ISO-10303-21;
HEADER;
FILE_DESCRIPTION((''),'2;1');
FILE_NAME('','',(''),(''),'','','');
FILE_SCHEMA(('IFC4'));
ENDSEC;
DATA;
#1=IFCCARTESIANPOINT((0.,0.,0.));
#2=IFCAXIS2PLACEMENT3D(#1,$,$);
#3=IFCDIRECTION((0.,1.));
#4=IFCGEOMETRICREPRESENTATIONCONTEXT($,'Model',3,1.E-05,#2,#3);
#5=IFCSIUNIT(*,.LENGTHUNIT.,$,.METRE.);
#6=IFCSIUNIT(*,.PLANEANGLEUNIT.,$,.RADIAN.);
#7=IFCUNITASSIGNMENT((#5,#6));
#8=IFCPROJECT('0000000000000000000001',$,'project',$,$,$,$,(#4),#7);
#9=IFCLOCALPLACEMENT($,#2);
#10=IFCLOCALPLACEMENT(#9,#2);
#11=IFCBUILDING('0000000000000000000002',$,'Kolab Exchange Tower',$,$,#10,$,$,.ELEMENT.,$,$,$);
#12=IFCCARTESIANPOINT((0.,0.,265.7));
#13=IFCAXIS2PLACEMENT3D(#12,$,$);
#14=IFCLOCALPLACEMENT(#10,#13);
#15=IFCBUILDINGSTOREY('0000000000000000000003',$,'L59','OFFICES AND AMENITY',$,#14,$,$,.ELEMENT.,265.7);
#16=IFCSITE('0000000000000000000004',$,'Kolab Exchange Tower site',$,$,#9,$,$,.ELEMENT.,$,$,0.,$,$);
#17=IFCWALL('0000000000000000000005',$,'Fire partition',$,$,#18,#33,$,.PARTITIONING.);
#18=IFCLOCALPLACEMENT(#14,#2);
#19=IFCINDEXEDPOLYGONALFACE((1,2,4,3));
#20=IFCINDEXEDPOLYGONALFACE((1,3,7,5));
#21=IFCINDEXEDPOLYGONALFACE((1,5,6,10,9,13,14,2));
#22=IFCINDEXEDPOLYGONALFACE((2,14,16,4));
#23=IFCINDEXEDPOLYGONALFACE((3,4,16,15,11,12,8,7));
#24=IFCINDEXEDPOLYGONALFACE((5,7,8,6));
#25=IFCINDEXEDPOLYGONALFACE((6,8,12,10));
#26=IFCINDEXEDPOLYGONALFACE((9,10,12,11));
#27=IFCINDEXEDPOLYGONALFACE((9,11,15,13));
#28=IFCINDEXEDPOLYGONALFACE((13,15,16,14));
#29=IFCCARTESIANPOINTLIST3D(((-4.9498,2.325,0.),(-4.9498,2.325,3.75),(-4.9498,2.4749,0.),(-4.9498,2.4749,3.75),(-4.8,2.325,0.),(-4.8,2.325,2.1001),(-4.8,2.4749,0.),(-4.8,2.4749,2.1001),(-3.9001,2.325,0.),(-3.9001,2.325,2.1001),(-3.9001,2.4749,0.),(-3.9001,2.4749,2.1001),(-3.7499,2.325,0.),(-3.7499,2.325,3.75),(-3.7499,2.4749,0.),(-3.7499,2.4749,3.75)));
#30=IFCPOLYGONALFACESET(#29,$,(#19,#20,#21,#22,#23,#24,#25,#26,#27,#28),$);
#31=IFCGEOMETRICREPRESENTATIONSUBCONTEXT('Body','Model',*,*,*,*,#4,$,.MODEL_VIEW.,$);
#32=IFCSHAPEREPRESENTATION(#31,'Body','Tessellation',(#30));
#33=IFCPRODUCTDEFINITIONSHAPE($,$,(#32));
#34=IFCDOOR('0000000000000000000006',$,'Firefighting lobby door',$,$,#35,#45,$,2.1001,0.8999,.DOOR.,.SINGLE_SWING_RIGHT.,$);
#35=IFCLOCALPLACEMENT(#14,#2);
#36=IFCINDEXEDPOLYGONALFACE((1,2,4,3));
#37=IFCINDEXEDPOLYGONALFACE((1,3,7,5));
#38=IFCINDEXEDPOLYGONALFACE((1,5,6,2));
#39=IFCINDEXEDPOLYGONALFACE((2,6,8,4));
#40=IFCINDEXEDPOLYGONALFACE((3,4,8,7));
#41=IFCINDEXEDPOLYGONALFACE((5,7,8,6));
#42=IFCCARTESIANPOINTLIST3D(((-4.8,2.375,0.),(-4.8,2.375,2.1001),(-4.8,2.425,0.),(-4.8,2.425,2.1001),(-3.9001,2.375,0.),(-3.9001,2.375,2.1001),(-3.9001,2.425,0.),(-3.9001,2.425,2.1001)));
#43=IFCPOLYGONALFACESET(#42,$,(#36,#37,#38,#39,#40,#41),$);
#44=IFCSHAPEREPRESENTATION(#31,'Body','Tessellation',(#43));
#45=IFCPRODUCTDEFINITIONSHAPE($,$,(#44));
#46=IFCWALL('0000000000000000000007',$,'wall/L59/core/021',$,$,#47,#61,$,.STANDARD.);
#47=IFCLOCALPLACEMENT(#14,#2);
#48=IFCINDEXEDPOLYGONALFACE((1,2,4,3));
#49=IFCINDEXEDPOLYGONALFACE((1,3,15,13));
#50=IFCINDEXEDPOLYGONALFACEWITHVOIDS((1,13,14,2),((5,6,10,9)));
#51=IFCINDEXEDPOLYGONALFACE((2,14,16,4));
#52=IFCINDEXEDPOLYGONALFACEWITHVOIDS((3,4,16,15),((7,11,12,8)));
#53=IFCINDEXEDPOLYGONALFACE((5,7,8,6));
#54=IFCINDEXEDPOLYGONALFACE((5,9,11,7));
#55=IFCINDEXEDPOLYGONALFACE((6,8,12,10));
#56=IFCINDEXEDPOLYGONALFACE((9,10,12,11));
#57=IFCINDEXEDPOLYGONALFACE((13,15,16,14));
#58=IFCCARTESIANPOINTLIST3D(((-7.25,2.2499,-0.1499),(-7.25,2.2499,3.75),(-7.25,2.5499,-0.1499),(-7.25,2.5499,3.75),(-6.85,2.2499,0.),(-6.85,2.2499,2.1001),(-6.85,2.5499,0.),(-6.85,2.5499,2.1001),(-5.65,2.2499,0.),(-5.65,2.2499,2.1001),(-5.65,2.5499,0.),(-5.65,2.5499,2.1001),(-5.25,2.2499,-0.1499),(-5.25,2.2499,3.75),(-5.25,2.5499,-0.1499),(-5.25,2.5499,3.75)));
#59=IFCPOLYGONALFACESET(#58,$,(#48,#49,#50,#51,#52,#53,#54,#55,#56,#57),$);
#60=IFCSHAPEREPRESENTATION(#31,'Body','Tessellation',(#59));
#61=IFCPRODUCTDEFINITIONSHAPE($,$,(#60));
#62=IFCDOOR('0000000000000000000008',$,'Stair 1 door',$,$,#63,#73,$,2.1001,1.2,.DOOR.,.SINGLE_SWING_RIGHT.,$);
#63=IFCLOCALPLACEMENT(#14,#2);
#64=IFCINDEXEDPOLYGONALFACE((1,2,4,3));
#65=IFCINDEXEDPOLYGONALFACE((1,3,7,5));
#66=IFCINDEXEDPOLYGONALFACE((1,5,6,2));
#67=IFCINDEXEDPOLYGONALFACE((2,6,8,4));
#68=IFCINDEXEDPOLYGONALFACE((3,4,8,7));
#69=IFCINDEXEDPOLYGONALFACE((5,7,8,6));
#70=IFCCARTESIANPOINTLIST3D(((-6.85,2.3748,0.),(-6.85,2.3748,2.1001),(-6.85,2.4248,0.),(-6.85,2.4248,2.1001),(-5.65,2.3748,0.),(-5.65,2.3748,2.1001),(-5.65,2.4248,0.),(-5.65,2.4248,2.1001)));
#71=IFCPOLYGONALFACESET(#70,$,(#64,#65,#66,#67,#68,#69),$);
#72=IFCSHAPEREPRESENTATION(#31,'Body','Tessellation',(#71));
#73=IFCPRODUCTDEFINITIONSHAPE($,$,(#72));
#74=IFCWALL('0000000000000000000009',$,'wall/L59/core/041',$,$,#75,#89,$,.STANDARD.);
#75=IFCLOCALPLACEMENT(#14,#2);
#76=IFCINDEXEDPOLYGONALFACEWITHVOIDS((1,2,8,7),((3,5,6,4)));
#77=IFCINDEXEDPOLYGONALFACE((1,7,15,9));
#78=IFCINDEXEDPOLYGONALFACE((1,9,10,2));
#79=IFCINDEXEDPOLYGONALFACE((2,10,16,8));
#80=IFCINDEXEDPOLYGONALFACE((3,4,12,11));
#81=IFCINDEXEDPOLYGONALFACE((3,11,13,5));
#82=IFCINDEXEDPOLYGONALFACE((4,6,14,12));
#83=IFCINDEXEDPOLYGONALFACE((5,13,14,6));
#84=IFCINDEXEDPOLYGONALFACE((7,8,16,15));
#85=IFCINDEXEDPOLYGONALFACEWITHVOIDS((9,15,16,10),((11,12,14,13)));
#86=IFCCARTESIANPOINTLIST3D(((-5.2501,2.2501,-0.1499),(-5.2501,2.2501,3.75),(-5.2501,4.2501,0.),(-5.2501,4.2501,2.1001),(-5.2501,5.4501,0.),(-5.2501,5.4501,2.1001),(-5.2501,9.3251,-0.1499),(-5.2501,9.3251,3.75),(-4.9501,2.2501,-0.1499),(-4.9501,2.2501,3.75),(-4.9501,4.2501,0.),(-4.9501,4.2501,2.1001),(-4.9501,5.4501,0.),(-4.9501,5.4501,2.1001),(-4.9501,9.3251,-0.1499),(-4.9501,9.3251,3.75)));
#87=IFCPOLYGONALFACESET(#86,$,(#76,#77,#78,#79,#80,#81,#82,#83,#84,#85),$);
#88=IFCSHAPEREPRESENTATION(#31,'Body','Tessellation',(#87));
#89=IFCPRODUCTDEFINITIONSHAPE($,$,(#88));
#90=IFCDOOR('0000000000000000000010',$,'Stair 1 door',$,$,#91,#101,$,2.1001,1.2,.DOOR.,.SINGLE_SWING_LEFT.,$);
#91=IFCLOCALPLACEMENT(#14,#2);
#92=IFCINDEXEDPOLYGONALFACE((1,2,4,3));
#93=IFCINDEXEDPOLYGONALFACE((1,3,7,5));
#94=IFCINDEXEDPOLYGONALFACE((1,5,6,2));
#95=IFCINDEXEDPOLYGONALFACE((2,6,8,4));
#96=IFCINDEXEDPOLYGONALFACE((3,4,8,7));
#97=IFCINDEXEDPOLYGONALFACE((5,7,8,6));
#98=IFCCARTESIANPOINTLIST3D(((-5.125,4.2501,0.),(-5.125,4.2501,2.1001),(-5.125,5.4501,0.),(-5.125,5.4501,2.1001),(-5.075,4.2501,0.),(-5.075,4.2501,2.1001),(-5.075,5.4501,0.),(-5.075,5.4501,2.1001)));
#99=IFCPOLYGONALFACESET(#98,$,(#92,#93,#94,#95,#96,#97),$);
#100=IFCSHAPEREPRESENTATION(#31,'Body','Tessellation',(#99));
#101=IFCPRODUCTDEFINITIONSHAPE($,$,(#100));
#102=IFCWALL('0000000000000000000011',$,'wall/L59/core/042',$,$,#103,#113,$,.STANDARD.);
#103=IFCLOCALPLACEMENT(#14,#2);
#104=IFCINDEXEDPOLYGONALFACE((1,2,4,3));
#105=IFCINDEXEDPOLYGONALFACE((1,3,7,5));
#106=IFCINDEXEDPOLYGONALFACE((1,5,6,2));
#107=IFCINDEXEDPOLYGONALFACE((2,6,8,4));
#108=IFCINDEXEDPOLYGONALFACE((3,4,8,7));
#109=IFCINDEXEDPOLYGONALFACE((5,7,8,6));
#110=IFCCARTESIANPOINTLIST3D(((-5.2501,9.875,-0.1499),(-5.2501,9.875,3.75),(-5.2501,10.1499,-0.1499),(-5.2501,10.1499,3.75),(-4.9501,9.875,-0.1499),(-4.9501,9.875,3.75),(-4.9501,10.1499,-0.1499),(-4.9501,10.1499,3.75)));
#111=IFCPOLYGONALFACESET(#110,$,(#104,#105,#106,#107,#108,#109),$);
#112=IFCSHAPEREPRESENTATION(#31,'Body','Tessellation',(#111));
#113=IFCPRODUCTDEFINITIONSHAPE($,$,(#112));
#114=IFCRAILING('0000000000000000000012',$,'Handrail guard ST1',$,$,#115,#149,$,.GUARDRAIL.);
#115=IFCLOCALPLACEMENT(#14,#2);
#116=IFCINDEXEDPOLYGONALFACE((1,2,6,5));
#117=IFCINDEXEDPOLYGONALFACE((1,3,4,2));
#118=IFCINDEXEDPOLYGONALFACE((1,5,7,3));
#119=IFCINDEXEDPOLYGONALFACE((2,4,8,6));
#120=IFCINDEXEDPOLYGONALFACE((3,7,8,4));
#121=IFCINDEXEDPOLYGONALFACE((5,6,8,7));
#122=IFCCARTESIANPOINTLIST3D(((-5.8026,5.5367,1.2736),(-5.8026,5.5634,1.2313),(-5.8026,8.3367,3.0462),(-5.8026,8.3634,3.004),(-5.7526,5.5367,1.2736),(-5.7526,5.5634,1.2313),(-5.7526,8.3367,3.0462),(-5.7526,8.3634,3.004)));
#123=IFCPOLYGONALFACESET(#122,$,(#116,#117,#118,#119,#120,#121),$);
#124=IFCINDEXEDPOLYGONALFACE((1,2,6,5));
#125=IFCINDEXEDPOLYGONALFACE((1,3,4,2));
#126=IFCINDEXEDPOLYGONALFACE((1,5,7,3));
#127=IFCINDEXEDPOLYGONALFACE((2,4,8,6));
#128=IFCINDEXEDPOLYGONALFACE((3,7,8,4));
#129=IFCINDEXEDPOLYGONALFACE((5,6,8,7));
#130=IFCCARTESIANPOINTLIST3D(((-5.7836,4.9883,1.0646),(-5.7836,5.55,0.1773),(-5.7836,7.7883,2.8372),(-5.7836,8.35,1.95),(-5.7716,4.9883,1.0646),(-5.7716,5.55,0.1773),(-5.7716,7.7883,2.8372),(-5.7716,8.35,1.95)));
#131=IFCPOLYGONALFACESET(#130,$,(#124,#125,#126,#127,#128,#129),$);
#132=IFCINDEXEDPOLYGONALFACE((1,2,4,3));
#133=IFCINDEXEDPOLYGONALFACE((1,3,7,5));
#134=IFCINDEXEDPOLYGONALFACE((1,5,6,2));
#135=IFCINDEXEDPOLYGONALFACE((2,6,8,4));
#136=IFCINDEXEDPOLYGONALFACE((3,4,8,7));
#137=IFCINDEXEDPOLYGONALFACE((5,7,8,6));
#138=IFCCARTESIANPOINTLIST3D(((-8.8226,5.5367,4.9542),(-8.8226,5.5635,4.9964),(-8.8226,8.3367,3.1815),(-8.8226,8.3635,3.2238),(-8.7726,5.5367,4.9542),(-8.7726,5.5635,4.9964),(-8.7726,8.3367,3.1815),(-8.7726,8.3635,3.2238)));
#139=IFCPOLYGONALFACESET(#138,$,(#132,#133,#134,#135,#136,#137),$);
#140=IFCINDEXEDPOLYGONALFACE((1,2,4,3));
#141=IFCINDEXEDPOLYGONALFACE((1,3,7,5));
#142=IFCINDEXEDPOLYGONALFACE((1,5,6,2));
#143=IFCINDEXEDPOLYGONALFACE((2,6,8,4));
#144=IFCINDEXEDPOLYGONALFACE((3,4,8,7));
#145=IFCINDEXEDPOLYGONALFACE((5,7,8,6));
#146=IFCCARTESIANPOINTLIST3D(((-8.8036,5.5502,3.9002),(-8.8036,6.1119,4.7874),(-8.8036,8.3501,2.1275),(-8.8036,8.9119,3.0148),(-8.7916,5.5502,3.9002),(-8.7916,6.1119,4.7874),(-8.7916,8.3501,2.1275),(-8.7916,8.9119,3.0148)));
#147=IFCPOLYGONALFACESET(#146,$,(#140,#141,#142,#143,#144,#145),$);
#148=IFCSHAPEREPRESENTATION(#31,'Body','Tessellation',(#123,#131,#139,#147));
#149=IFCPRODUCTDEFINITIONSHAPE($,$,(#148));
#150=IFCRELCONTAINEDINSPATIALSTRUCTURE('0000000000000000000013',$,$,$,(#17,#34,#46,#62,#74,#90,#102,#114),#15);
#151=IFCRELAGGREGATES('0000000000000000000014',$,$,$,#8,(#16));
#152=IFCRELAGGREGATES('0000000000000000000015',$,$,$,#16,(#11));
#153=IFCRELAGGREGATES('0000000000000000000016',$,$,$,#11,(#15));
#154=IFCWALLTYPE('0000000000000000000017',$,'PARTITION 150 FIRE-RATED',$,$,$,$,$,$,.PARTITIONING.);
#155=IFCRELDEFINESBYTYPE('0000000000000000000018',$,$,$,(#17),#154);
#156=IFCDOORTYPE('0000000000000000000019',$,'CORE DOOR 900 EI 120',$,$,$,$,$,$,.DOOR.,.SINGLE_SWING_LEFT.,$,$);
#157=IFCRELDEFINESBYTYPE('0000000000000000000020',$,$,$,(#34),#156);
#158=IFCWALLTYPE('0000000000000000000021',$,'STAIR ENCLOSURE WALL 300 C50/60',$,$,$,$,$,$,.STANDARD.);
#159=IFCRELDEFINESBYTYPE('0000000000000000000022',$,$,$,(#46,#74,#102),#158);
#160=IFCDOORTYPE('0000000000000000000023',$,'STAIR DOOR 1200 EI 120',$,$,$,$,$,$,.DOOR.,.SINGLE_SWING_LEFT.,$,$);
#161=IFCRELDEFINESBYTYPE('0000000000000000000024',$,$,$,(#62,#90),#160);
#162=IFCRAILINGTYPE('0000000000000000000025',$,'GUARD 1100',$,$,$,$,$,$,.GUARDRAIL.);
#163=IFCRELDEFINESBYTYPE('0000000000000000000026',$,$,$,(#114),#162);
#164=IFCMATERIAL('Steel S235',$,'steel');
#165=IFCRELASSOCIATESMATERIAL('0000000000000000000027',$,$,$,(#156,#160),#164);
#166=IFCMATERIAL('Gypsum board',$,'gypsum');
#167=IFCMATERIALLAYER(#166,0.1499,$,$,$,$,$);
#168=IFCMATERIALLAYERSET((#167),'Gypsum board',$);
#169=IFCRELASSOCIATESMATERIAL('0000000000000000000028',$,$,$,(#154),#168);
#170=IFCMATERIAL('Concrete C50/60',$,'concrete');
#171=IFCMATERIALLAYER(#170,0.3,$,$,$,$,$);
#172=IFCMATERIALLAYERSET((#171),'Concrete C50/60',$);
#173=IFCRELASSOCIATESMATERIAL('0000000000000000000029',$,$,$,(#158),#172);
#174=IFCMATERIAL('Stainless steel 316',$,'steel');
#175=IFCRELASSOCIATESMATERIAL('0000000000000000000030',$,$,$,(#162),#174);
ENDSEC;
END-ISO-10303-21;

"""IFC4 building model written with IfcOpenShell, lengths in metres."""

from ifc_helpers import new_model, si_unit, direction, frame, frame_2d, origin, origin_2d, place, context, subcontext, project, spatial, rectangle, extrude, material, layer, layer_set, type_object, element, fill, save


model = new_model("IFC4")

# Units and contexts
model_context = context("Model", 3, precision=1e-05, world=origin(), true_north=direction((0.0, 1.0)))
body_context = subcontext(model_context, "Body", "Model", "MODEL_VIEW")
ifc_project = project(units=[si_unit("LENGTHUNIT", "METRE"), si_unit("PLANEANGLEUNIT", "RADIAN")], contexts=[model_context])

# Site, building, storey
site_placement = place(None, origin())
site = spatial("IfcSite", under=ifc_project, at=site_placement, Name="Kolab Exchange Tower site", CompositionType="ELEMENT", RefElevation=0.0)
building_placement = place(site_placement, origin())
building = spatial("IfcBuilding", under=site, at=building_placement, Name="Kolab Exchange Tower", CompositionType="ELEMENT")
storey_placement = place(building_placement, frame((0.0, 0.0, 265.7)))
storey = spatial("IfcBuildingStorey", under=building, at=storey_placement, Name="L59", Description="OFFICES AND AMENITY", CompositionType="ELEMENT", Elevation=265.7)

# Shared definitions
ifc_material_1 = material(Name="Concrete C50/60", Category="concrete")
ifc_material_2 = material(Name="Steel S235", Category="steel")
door_type_1 = type_object("IfcDoorType", Name="CORE DOOR 900 EI 120", OperationType="SINGLE_SWING_LEFT", PredefinedType="DOOR", material=ifc_material_2)
ifc_material_3 = material(Name="Stainless steel 316", Category="steel")

# Walls, openings, doors
ifc_material_4 = material(Name="Gypsum board", Category="gypsum")
ifc_layer_1 = layer(ifc_material_4, 0.1499)
ifc_layer_set_1 = layer_set([ifc_layer_1], Name="Gypsum board")
wall_type_1 = type_object("IfcWallType", Name="PARTITION 150 FIRE-RATED", PredefinedType="PARTITIONING", material=ifc_layer_set_1)
wall_1_placement = place(storey_placement, frame((-4.95, 2.3999, 0.0), z_axis=(0.0, 0.0, 1.0), x_axis=(1.0, 0.0, 0.0)))
wall_1 = element("IfcWall", 1, at=wall_1_placement, inside=storey, type_object=wall_type_1, Name="Fire partition", PredefinedType="PARTITIONING", context=body_context, shape_type="SweptSolid", body=[
    extrude(rectangle(XDim=1.2, YDim=0.1499, at=frame_2d((0.6001, 0.0))), origin(), (0.0, 0.0, 1.0), 3.75),
])
opening_1_placement = place(wall_1_placement, frame((0.1499, 0.0, 0.0)))
opening_1 = element("IfcOpeningElement", 2, at=opening_1_placement, cuts=wall_1, PredefinedType="OPENING", context=body_context, shape_type="SweptSolid", body=[
    extrude(rectangle(XDim=0.8999, YDim=2.1001, at=frame_2d((0.45, 1.05))), frame((0.0, 0.085, 0.0), z_axis=(0.0, -1.0, 0.0), x_axis=(1.0, 0.0, 0.0)), (0.0, 0.0, 1.0), 0.1699),
])
door_1_placement = place(opening_1_placement, frame((0.8999, 0.0, 0.0), z_axis=(0.0, 0.0, 1.0), x_axis=(-1.0, 0.0, 0.0)))
door_1 = element("IfcDoor", 3, at=door_1_placement, inside=storey, type_object=door_type_1, Name="Firefighting lobby door", OperationType="SINGLE_SWING_RIGHT", OverallHeight=2.1001, OverallWidth=0.8999, PredefinedType="DOOR", context=body_context, shape_type="SweptSolid", body=[
    extrude(rectangle(XDim=0.8999, YDim=2.1001, at=frame_2d((0.45, 1.05))), frame((0.0, 0.0249, 0.0), z_axis=(0.0, -1.0, 0.0), x_axis=(1.0, 0.0, 0.0)), (0.0, 0.0, 1.0), 0.05),
])
fill(opening_1, door_1)
ifc_layer_2 = layer(ifc_material_1, 0.3)
ifc_layer_set_2 = layer_set([ifc_layer_2], Name="Concrete C50/60")
wall_type_2 = type_object("IfcWallType", Name="STAIR ENCLOSURE WALL 300 C50/60", PredefinedType="STANDARD", material=ifc_layer_set_2)
wall_2_placement = place(storey_placement, frame((-7.25, 2.3999, -0.1499), z_axis=(0.0, 0.0, 1.0), x_axis=(1.0, 0.0, 0.0)))
wall_2 = element("IfcWall", 4, at=wall_2_placement, inside=storey, type_object=wall_type_2, Name="wall/L59/core/021", PredefinedType="STANDARD", context=body_context, shape_type="SweptSolid", body=[
    extrude(rectangle(XDim=2.0, YDim=0.3, at=frame_2d((1.0, 0.0))), origin(), (0.0, 0.0, 1.0), 3.8999),
])
opening_2_placement = place(wall_2_placement, frame((0.3999, 0.0, 0.1499)))
opening_2 = element("IfcOpeningElement", 5, at=opening_2_placement, cuts=wall_2, PredefinedType="OPENING", context=body_context, shape_type="SweptSolid", body=[
    extrude(rectangle(XDim=1.2, YDim=2.1001, at=frame_2d((0.6001, 1.05))), frame((0.0, 0.1602, 0.0), z_axis=(0.0, -1.0, 0.0), x_axis=(1.0, 0.0, 0.0)), (0.0, 0.0, 1.0), 0.3201),
])
door_type_2 = type_object("IfcDoorType", Name="STAIR DOOR 1200 EI 120", OperationType="SINGLE_SWING_LEFT", PredefinedType="DOOR", material=ifc_material_2)
door_2_placement = place(opening_2_placement, origin())
door_2 = element("IfcDoor", 6, at=door_2_placement, inside=storey, type_object=door_type_2, Name="Stair 1 door", OperationType="SINGLE_SWING_RIGHT", OverallHeight=2.1001, OverallWidth=1.2, PredefinedType="DOOR", context=body_context, shape_type="SweptSolid", body=[
    extrude(rectangle(XDim=1.2, YDim=2.1001, at=frame_2d((0.6001, 1.05))), frame((0.0, 0.0249, 0.0), z_axis=(0.0, -1.0, 0.0), x_axis=(1.0, 0.0, 0.0)), (0.0, 0.0, 1.0), 0.05),
])
fill(opening_2, door_2)
wall_3_placement = place(storey_placement, frame((-5.1001, 2.25, -0.1499), z_axis=(0.0, 0.0, 1.0), x_axis=(0.0, 1.0, 0.0)))
wall_3 = element("IfcWall", 7, at=wall_3_placement, inside=storey, type_object=wall_type_2, Name="wall/L59/core/041", PredefinedType="STANDARD", context=body_context, shape_type="SweptSolid", body=[
    extrude(rectangle(XDim=7.075, YDim=0.3, at=frame_2d((3.5376, 0.0))), origin(), (0.0, 0.0, 1.0), 3.8999),
])
opening_3_placement = place(wall_3_placement, frame((2.0, 0.0, 0.1499)))
opening_3 = element("IfcOpeningElement", 8, at=opening_3_placement, cuts=wall_3, PredefinedType="OPENING", context=body_context, shape_type="SweptSolid", body=[
    extrude(rectangle(XDim=1.2, YDim=2.1001, at=frame_2d((0.6001, 1.05))), frame((0.0, 0.1602, 0.0), z_axis=(0.0, -1.0, 0.0), x_axis=(1.0, 0.0, 0.0)), (0.0, 0.0, 1.0), 0.3201),
])
door_3_placement = place(opening_3_placement, origin())
door_3 = element("IfcDoor", 9, at=door_3_placement, inside=storey, type_object=door_type_2, Name="Stair 1 door", OperationType="SINGLE_SWING_LEFT", OverallHeight=2.1001, OverallWidth=1.2, PredefinedType="DOOR", context=body_context, shape_type="SweptSolid", body=[
    extrude(rectangle(XDim=1.2, YDim=2.1001, at=frame_2d((0.6001, 1.05))), frame((0.0, 0.0249, 0.0), z_axis=(0.0, -1.0, 0.0), x_axis=(1.0, 0.0, 0.0)), (0.0, 0.0, 1.0), 0.05),
])
fill(opening_3, door_3)

# Wall
wall_4_placement = place(storey_placement, frame((-5.1001, 9.875, -0.1499), z_axis=(0.0, 0.0, 1.0), x_axis=(0.0, 1.0, 0.0)))
element("IfcWall", 10, at=wall_4_placement, inside=storey, type_object=wall_type_2, Name="wall/L59/core/042", PredefinedType="STANDARD", context=body_context, shape_type="SweptSolid", body=[
    extrude(rectangle(XDim=0.2749, YDim=0.3, at=frame_2d((0.1375, 0.0))), origin(), (0.0, 0.0, 1.0), 3.8999),
])

# Railing
railing_type = type_object("IfcRailingType", Name="GUARD 1100", PredefinedType="GUARDRAIL", material=ifc_material_3)
railing_placement = place(storey_placement, frame((-5.7776, 5.55, 0.1772)))
element("IfcRailing", 11, at=railing_placement, inside=storey, type_object=railing_type, Name="Handrail guard ST1", PredefinedType="GUARDRAIL", context=body_context, shape_type="SweptSolid", body=[
    extrude(rectangle(XDim=0.05, YDim=0.05, at=origin_2d()), frame((0.0, 0.0, 1.0752), z_axis=(0.0, 0.844909, 0.53491), x_axis=(-1.0, 0.0, 0.0)), (0.0, 0.0, 1.0), 3.314),
    extrude(rectangle(XDim=0.012, YDim=1.0501, at=frame_2d((0.0, 0.5251))), frame((0.0, 0.0, 0.0), z_axis=(0.0, 0.844909, 0.53491), x_axis=(-1.0, 0.0, 0.0)), (0.0, 0.0, 1.0), 3.314),
    extrude(rectangle(XDim=0.05, YDim=0.05, at=origin_2d()), frame((-3.02, 2.8, 3.0254), z_axis=(0.0, -0.844909, 0.53491), x_axis=(1.0, 0.0, 0.0)), (0.0, 0.0, 1.0), 3.314),
    extrude(rectangle(XDim=0.012, YDim=1.0501, at=frame_2d((0.0, 0.5251))), frame((-3.02, 2.8, 1.9502), z_axis=(0.0, -0.844909, 0.53491), x_axis=(1.0, 0.0, 0.0)), (0.0, 0.0, 1.0), 3.314),
])

save(model, "model.ifc")
